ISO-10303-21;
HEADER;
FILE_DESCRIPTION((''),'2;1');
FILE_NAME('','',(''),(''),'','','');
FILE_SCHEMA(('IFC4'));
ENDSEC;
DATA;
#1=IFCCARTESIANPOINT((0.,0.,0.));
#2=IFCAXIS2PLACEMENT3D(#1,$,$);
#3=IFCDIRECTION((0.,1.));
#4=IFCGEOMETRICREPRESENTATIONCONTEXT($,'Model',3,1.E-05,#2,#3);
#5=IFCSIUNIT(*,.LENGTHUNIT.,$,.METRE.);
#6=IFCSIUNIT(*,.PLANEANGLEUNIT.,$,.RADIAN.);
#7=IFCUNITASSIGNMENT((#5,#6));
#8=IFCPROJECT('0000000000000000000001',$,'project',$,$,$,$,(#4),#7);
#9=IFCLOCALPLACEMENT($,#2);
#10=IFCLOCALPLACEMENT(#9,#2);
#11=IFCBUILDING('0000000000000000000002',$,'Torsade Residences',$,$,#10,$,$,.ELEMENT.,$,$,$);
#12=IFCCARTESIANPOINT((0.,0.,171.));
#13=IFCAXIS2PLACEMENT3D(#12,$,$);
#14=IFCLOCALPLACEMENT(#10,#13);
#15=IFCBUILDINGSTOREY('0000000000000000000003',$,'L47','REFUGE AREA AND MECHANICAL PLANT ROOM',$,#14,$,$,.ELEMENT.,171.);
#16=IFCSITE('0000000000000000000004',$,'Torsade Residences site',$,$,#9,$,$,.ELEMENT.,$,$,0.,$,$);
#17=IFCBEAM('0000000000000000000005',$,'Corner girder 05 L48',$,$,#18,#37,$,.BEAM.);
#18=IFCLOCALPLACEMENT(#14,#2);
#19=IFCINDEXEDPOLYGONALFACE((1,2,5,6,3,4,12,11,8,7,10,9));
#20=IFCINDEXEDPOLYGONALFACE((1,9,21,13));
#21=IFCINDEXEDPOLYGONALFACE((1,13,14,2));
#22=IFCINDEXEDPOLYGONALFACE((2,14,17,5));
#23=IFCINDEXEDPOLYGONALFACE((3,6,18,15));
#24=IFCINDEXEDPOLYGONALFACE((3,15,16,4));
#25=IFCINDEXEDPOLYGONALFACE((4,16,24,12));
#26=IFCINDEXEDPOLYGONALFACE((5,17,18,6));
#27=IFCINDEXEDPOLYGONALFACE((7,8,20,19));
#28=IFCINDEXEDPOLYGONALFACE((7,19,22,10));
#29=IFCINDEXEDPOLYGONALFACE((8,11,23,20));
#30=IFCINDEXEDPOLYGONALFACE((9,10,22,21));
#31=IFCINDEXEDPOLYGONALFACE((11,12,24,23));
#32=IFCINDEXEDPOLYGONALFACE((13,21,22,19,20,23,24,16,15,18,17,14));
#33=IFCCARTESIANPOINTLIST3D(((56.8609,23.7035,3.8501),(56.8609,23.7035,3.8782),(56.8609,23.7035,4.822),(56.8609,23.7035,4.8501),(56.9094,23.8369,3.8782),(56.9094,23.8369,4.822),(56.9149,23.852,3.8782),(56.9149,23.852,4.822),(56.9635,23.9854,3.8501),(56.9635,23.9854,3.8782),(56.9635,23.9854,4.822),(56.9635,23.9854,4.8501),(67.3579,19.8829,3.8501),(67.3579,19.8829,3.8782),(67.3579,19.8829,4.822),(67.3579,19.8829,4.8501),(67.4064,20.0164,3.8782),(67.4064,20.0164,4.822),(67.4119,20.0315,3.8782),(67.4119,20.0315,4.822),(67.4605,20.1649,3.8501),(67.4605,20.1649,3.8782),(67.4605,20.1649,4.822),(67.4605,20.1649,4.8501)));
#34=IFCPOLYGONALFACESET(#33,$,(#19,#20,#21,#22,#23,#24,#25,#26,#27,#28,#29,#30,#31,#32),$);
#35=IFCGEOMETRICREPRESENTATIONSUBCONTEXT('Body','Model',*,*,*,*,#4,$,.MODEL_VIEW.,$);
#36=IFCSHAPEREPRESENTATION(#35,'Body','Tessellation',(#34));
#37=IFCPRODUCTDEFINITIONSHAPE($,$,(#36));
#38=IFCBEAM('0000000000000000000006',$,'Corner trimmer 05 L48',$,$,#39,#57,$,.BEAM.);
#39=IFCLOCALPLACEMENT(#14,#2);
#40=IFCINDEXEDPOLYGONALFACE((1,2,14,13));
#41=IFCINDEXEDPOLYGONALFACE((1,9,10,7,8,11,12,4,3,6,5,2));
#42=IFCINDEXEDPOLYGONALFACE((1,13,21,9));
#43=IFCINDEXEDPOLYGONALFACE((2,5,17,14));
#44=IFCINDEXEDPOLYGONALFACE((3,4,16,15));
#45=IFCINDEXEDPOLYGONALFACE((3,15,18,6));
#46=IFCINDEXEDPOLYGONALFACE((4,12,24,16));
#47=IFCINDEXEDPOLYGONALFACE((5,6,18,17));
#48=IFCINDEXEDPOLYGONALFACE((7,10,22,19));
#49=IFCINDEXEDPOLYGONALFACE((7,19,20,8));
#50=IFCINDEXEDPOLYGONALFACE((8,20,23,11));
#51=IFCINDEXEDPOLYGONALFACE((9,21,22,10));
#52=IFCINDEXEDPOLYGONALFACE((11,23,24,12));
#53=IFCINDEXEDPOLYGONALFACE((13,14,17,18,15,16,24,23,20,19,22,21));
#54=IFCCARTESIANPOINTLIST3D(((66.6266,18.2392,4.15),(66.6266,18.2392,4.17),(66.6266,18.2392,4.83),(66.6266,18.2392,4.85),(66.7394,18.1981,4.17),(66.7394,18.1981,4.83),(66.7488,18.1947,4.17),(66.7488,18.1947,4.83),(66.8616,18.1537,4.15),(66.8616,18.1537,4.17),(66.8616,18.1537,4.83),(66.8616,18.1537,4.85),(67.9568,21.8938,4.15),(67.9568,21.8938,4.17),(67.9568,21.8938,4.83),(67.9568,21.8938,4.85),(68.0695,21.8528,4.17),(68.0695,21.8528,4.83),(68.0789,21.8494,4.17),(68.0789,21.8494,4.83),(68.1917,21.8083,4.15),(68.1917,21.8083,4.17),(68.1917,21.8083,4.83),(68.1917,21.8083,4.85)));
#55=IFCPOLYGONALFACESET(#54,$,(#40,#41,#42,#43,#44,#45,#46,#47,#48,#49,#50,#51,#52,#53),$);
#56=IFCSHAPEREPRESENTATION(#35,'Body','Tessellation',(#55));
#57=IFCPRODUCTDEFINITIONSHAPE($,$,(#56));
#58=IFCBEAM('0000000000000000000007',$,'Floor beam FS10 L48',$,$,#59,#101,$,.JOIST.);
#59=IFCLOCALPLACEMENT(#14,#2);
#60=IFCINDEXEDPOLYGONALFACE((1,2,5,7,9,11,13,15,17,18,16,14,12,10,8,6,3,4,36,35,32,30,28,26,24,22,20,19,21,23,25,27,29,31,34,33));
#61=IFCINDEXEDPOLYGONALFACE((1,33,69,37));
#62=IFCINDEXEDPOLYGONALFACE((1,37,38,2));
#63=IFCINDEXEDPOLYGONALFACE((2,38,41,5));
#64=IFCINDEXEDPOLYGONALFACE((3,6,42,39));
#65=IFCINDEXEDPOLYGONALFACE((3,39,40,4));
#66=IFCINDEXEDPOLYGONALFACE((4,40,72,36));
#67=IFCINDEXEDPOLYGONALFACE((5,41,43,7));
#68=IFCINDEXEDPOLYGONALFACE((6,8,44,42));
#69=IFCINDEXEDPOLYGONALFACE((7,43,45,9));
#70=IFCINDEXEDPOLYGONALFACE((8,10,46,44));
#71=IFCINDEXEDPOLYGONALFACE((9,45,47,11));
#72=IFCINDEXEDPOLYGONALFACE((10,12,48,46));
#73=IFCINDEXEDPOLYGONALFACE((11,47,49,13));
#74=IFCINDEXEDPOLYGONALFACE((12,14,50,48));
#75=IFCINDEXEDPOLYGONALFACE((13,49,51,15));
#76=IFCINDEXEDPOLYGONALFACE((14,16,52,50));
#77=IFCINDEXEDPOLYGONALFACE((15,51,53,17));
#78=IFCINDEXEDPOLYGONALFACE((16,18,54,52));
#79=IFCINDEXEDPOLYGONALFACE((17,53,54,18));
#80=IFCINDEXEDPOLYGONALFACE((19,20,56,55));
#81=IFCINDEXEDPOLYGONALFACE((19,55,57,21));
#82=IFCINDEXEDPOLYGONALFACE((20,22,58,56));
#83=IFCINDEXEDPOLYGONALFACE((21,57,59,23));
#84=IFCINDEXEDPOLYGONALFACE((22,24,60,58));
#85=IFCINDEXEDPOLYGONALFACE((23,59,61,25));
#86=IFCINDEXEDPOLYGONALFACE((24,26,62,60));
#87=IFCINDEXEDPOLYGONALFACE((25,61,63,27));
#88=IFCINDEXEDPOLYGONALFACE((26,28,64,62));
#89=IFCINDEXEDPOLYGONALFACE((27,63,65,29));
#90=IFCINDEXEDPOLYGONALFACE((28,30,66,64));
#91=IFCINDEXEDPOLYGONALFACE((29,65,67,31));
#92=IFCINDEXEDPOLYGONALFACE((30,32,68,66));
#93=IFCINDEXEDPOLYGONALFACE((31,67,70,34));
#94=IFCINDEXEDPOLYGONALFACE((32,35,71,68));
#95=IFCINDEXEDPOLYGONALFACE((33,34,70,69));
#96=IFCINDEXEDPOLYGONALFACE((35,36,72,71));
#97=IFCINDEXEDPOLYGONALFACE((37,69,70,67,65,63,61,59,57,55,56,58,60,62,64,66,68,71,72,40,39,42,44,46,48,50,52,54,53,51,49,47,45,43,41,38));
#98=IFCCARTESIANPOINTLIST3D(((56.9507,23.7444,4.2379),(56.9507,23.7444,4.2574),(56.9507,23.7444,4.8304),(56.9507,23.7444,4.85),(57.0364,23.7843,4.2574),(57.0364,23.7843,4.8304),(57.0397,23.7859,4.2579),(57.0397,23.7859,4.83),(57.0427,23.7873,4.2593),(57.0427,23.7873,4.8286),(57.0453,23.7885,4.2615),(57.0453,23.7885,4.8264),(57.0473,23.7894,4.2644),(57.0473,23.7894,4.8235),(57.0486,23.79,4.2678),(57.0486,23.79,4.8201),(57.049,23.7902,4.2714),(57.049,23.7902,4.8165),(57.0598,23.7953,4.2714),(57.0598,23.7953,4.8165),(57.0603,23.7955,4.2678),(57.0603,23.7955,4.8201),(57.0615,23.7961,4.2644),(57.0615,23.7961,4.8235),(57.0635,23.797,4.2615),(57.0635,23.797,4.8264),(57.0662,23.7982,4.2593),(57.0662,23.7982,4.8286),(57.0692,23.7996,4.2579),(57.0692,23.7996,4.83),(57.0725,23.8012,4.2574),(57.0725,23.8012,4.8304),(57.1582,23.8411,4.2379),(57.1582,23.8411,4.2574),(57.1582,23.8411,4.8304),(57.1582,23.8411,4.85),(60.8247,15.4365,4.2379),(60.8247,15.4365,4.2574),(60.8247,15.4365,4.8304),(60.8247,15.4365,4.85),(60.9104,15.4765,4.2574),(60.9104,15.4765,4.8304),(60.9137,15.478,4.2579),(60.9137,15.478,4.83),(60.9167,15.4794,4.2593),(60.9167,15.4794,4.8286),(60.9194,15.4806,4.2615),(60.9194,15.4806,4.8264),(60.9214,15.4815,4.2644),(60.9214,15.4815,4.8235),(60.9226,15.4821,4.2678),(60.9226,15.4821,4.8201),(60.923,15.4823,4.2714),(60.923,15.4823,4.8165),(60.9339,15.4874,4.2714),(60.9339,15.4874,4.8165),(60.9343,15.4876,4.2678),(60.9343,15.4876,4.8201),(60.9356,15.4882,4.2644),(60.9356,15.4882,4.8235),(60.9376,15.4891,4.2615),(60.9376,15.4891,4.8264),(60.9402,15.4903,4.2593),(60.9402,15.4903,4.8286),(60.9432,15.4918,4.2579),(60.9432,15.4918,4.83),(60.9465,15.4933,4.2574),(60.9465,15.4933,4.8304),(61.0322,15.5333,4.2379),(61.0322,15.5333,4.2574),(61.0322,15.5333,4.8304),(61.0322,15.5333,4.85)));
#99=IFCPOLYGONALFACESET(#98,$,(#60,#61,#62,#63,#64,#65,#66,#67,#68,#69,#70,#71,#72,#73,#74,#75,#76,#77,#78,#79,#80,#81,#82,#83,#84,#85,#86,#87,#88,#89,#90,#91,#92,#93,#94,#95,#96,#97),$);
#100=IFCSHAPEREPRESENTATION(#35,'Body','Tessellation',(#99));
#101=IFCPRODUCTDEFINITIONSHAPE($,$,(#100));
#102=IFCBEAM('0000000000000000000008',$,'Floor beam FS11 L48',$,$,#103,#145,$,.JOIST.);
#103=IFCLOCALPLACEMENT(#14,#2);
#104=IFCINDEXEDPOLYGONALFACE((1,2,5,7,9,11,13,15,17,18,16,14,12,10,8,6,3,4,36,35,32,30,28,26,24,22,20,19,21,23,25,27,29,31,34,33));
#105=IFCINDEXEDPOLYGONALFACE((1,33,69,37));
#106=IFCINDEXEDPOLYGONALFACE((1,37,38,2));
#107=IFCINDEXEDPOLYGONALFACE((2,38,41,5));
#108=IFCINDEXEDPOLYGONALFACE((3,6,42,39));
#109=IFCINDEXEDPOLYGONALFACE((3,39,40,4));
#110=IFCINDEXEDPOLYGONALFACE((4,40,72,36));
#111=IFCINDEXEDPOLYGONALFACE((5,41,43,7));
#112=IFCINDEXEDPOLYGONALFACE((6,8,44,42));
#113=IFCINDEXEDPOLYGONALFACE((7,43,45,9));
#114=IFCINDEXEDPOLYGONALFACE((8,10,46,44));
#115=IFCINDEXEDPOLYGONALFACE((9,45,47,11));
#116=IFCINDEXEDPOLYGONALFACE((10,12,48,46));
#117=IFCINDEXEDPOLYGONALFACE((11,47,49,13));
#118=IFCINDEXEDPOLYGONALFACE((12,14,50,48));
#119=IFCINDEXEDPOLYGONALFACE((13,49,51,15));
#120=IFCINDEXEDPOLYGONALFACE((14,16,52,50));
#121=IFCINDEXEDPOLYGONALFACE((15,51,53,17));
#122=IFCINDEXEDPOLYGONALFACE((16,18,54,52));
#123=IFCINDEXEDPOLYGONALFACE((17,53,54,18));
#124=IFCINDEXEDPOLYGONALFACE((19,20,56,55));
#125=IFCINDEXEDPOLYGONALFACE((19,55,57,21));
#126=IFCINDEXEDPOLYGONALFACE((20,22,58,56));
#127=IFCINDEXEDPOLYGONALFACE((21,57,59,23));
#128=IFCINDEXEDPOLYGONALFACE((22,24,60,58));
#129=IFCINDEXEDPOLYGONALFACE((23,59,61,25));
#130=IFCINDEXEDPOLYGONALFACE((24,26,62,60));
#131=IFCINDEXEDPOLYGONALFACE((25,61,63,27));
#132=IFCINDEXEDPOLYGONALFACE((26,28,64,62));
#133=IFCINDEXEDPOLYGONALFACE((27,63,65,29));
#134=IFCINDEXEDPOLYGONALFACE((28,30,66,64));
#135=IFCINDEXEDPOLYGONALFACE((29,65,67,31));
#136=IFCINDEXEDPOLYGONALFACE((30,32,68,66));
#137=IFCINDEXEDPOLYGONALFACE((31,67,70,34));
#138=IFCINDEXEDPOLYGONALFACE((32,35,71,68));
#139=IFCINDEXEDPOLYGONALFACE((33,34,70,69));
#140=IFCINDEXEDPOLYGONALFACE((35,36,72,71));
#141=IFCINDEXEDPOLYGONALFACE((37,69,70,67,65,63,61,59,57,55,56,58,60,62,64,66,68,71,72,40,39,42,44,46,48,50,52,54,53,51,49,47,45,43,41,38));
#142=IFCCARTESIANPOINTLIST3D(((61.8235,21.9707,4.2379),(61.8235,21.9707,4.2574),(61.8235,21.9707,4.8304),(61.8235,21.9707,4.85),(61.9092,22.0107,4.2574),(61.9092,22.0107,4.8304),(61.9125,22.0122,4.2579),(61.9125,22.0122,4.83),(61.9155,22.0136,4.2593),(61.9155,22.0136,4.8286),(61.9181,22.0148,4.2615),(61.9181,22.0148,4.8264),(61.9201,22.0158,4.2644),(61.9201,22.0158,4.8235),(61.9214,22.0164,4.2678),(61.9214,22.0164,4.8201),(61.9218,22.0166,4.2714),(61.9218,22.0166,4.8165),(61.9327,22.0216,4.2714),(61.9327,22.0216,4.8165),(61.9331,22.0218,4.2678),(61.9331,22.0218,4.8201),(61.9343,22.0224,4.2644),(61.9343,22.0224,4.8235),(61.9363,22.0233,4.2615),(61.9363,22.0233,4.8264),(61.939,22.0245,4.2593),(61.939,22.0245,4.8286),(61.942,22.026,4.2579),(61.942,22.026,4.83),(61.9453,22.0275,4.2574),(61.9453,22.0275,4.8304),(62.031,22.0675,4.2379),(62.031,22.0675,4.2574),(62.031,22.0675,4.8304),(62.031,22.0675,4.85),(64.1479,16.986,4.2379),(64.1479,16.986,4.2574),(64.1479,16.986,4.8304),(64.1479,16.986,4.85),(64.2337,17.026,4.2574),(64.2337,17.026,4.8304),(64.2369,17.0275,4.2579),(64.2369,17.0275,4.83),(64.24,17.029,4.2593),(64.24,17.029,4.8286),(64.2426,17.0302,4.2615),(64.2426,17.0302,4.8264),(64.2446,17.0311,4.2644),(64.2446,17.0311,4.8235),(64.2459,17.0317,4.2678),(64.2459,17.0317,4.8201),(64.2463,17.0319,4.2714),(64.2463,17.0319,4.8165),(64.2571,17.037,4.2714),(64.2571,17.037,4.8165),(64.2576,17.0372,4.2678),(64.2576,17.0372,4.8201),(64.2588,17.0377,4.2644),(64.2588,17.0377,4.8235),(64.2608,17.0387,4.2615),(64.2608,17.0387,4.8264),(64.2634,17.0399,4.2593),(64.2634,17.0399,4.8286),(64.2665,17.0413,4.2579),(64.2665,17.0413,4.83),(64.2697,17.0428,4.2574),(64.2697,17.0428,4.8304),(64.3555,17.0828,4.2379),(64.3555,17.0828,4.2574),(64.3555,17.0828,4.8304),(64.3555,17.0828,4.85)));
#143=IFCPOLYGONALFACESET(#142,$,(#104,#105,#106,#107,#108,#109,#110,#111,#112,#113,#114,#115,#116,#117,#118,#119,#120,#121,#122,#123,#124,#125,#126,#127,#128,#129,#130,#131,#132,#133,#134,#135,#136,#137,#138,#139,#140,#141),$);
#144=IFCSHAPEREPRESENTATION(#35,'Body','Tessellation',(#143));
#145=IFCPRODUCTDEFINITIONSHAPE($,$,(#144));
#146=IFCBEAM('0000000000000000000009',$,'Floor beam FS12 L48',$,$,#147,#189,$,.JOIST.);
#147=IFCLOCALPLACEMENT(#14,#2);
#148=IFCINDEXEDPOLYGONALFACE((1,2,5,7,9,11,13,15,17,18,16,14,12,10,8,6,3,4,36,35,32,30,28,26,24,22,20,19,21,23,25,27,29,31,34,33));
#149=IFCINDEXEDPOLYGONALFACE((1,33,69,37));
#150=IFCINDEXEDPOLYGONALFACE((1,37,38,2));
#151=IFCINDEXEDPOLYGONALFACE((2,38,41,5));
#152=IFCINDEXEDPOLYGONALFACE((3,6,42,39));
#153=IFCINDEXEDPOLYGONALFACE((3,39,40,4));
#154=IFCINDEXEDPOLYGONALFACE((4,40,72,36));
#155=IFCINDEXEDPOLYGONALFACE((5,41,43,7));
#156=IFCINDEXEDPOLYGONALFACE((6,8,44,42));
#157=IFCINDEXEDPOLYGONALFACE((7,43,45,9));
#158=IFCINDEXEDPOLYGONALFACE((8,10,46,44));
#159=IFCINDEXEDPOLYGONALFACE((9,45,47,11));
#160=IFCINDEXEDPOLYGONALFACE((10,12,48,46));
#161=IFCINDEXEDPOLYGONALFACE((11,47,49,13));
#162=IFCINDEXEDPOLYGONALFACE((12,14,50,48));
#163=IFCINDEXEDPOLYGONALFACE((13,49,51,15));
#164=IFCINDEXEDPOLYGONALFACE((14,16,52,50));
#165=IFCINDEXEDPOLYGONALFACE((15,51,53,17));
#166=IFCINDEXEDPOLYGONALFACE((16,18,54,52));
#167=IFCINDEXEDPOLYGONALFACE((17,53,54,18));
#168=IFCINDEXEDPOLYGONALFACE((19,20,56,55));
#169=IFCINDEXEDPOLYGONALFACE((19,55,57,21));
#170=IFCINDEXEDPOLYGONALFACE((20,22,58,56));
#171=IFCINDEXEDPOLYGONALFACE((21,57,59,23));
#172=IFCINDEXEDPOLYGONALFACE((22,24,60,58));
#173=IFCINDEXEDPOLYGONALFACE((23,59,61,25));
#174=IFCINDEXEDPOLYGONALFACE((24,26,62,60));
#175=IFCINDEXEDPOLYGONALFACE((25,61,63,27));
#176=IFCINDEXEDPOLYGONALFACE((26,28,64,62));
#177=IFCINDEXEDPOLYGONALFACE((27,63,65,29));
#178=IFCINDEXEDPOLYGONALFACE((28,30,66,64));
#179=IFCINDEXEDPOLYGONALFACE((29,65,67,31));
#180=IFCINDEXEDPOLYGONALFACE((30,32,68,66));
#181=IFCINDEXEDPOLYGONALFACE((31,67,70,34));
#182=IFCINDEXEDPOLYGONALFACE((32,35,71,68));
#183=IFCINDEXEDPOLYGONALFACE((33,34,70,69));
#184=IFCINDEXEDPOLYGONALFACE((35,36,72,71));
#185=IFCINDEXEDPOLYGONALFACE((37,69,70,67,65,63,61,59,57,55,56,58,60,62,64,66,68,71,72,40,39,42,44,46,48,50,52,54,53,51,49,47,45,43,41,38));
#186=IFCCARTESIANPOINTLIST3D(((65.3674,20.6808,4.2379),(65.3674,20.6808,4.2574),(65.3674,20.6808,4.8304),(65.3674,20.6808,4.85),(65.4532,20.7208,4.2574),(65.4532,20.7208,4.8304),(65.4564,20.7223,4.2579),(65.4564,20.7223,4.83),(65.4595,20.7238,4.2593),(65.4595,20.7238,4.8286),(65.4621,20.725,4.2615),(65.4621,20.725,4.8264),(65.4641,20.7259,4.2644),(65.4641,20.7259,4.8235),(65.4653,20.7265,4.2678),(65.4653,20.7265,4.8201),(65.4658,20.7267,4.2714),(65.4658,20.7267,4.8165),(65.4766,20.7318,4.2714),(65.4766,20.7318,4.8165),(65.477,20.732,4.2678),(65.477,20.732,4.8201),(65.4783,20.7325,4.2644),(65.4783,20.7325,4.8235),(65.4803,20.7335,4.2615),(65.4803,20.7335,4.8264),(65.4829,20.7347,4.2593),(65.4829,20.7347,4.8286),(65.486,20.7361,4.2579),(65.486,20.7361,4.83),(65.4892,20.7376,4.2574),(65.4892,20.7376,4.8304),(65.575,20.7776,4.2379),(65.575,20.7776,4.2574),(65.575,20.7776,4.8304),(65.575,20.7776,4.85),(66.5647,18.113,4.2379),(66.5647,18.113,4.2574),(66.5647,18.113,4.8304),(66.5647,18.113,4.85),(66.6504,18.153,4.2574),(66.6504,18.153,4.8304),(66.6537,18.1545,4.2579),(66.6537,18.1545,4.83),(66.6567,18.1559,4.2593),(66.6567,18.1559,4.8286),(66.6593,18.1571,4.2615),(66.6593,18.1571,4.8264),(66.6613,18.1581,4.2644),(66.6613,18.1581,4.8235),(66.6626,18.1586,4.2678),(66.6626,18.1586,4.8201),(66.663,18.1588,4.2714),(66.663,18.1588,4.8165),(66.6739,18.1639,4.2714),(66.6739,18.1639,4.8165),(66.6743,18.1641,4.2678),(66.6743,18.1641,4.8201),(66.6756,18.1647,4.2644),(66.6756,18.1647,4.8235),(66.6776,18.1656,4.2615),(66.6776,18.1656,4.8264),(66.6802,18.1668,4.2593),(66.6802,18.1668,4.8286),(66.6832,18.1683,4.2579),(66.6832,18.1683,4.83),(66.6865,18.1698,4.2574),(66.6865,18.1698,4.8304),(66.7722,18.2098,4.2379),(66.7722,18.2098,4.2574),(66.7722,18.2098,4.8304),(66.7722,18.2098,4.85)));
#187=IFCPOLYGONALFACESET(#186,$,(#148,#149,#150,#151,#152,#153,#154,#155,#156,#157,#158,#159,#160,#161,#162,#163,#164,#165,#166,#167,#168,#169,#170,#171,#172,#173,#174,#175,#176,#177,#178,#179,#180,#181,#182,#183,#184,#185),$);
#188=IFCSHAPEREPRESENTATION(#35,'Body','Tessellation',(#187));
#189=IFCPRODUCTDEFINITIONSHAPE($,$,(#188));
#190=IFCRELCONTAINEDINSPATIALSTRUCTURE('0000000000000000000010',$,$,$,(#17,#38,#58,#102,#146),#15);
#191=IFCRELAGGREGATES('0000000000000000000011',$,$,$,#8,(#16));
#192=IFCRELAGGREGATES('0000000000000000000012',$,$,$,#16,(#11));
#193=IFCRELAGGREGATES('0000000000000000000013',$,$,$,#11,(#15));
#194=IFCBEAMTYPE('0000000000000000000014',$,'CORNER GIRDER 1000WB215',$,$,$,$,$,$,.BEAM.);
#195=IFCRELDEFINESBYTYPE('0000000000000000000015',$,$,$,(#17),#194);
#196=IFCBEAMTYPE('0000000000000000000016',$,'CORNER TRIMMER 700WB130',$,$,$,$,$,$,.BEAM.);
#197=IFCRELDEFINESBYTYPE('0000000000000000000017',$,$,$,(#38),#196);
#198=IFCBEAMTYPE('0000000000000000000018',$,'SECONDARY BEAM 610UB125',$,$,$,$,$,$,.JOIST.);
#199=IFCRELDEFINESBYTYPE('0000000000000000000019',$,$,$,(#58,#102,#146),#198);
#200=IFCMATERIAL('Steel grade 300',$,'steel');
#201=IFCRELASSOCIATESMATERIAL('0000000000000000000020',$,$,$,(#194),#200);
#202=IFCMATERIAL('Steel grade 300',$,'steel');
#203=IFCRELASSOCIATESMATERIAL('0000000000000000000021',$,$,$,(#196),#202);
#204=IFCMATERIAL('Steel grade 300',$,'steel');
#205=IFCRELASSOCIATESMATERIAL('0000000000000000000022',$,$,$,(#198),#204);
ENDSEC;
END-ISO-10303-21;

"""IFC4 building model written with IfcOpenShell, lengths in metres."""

from ifc_helpers import new_model, si_unit, direction, frame, origin, origin_2d, place, context, subcontext, project, spatial, i_section, extrude, material, material_profile, profile_set, type_object, element, save


model = new_model("IFC4")

# Units and contexts
model_context = context("Model", 3, precision=1e-05, world=origin(), true_north=direction((0.0, 1.0)))
body_context = subcontext(model_context, "Body", "Model", "MODEL_VIEW")
ifc_project = project(units=[si_unit("LENGTHUNIT", "METRE"), si_unit("PLANEANGLEUNIT", "RADIAN")], contexts=[model_context])

# Site, building, storey
site_placement = place(None, origin())
site = spatial("IfcSite", under=ifc_project, at=site_placement, Name="Torsade Residences site", CompositionType="ELEMENT", RefElevation=0.0)
building_placement = place(site_placement, origin())
building = spatial("IfcBuilding", under=site, at=building_placement, Name="Torsade Residences", CompositionType="ELEMENT")
storey_placement = place(building_placement, frame((0.0, 0.0, 171.0)))
storey = spatial("IfcBuildingStorey", under=building, at=storey_placement, Name="L47", Description="REFUGE AREA AND MECHANICAL PLANT ROOM", CompositionType="ELEMENT", Elevation=171.0)

# Beams
ifc_material_1 = material(Name="Steel grade 300", Category="steel")
ifc_material_profile_1 = material_profile(ifc_material_1, i_section(OverallWidth=0.3, OverallDepth=1.0, WebThickness=0.0161, FlangeThickness=0.0281, at=origin_2d()), Name="1000WB215")
ifc_profile_set_1 = profile_set([ifc_material_profile_1], Name="Steel grade 300")
beam_type_1 = type_object("IfcBeamType", Name="CORNER GIRDER 1000WB215", PredefinedType="BEAM", material=ifc_profile_set_1)
beam_1_placement = place(storey_placement, frame((67.4092, 20.0239, 4.3501), z_axis=(-0.939694, 0.342015, 0.0), x_axis=(-0.342015, -0.939694, 0.0)))
element("IfcBeam", 1, at=beam_1_placement, inside=storey, type_object=beam_type_1, Name="Corner girder 05 L48", PredefinedType="BEAM", context=body_context, shape_type="SweptSolid", body=[
    extrude(i_section(OverallWidth=0.3, OverallDepth=1.0, WebThickness=0.0161, FlangeThickness=0.0281, at=origin_2d()), origin(), (0.0, 0.0, 1.0), 11.1707),
])
ifc_material_2 = material(Name="Steel grade 300", Category="steel")
ifc_material_profile_2 = material_profile(ifc_material_2, i_section(OverallWidth=0.25, OverallDepth=0.7, WebThickness=0.01, FlangeThickness=0.02, at=origin_2d()), Name="700WB130")
ifc_profile_set_2 = profile_set([ifc_material_profile_2], Name="Steel grade 300")
beam_type_2 = type_object("IfcBeamType", Name="CORNER TRIMMER 700WB130", PredefinedType="BEAM", material=ifc_profile_set_2)
beam_2_placement = place(storey_placement, frame((68.0742, 21.8511, 4.5), z_axis=(-0.342005, -0.939698, 0.0), x_axis=(0.939698, -0.342005, 0.0)))
element("IfcBeam", 2, at=beam_2_placement, inside=storey, type_object=beam_type_2, Name="Corner trimmer 05 L48", PredefinedType="BEAM", context=body_context, shape_type="SweptSolid", body=[
    extrude(i_section(OverallWidth=0.25, OverallDepth=0.7, WebThickness=0.01, FlangeThickness=0.02, at=origin_2d()), origin(), (0.0, 0.0, 1.0), 3.8892),
])
ifc_material_3 = material(Name="Steel grade 300", Category="steel")
ifc_material_profile_3 = material_profile(ifc_material_3, i_section(OverallWidth=0.229, OverallDepth=0.6121, WebThickness=0.012, FlangeThickness=0.0195, FilletRadius=0.0139, at=origin_2d()), Name="610UB125")
ifc_profile_set_3 = profile_set([ifc_material_profile_3], Name="Steel grade 300")
beam_type_3 = type_object("IfcBeamType", Name="SECONDARY BEAM 610UB125", PredefinedType="JOIST", material=ifc_profile_set_3)
beam_3_placement = place(storey_placement, frame((60.9285, 15.4849, 4.5439), z_axis=(-0.422619, 0.906308, 0.0), x_axis=(-0.906308, -0.422619, 0.0)))
element("IfcBeam", 3, at=beam_3_placement, inside=storey, type_object=beam_type_3, Name="Floor beam FS10 L48", PredefinedType="JOIST", context=body_context, shape_type="SweptSolid", body=[
    extrude(i_section(OverallWidth=0.229, OverallDepth=0.6121, WebThickness=0.012, FlangeThickness=0.0195, FilletRadius=0.0139, at=origin_2d()), origin(), (0.0, 0.0, 1.0), 9.1667),
])
beam_4_placement = place(storey_placement, frame((64.2517, 17.0344, 4.5439), z_axis=(-0.422633, 0.906301, 0.0), x_axis=(-0.906301, -0.422633, 0.0)))
element("IfcBeam", 4, at=beam_4_placement, inside=storey, type_object=beam_type_3, Name="Floor beam FS11 L48", PredefinedType="JOIST", context=body_context, shape_type="SweptSolid", body=[
    extrude(i_section(OverallWidth=0.229, OverallDepth=0.6121, WebThickness=0.012, FlangeThickness=0.0195, FilletRadius=0.0139, at=origin_2d()), origin(), (0.0, 0.0, 1.0), 5.5),
])
for number, where, z_axis, x_axis, name in (
    (5, (66.6685, 18.1614, 4.5439), (-0.422574, 0.906328, 0.0), (-0.906328, -0.422574, 0.0), "Floor beam FS12 L48"),
):
    element("IfcBeam", number, at=place(storey_placement, frame(where, z_axis=z_axis, x_axis=x_axis)), inside=storey, type_object=beam_type_3, Name=name, PredefinedType="JOIST", context=body_context, shape_type="SweptSolid", body=[
        extrude(i_section(OverallWidth=0.229, OverallDepth=0.6121, WebThickness=0.012, FlangeThickness=0.0195, FilletRadius=0.0139, at=origin_2d()), origin(), (0.0, 0.0, 1.0), 2.8333),
    ])

save(model, "model.ifc")
